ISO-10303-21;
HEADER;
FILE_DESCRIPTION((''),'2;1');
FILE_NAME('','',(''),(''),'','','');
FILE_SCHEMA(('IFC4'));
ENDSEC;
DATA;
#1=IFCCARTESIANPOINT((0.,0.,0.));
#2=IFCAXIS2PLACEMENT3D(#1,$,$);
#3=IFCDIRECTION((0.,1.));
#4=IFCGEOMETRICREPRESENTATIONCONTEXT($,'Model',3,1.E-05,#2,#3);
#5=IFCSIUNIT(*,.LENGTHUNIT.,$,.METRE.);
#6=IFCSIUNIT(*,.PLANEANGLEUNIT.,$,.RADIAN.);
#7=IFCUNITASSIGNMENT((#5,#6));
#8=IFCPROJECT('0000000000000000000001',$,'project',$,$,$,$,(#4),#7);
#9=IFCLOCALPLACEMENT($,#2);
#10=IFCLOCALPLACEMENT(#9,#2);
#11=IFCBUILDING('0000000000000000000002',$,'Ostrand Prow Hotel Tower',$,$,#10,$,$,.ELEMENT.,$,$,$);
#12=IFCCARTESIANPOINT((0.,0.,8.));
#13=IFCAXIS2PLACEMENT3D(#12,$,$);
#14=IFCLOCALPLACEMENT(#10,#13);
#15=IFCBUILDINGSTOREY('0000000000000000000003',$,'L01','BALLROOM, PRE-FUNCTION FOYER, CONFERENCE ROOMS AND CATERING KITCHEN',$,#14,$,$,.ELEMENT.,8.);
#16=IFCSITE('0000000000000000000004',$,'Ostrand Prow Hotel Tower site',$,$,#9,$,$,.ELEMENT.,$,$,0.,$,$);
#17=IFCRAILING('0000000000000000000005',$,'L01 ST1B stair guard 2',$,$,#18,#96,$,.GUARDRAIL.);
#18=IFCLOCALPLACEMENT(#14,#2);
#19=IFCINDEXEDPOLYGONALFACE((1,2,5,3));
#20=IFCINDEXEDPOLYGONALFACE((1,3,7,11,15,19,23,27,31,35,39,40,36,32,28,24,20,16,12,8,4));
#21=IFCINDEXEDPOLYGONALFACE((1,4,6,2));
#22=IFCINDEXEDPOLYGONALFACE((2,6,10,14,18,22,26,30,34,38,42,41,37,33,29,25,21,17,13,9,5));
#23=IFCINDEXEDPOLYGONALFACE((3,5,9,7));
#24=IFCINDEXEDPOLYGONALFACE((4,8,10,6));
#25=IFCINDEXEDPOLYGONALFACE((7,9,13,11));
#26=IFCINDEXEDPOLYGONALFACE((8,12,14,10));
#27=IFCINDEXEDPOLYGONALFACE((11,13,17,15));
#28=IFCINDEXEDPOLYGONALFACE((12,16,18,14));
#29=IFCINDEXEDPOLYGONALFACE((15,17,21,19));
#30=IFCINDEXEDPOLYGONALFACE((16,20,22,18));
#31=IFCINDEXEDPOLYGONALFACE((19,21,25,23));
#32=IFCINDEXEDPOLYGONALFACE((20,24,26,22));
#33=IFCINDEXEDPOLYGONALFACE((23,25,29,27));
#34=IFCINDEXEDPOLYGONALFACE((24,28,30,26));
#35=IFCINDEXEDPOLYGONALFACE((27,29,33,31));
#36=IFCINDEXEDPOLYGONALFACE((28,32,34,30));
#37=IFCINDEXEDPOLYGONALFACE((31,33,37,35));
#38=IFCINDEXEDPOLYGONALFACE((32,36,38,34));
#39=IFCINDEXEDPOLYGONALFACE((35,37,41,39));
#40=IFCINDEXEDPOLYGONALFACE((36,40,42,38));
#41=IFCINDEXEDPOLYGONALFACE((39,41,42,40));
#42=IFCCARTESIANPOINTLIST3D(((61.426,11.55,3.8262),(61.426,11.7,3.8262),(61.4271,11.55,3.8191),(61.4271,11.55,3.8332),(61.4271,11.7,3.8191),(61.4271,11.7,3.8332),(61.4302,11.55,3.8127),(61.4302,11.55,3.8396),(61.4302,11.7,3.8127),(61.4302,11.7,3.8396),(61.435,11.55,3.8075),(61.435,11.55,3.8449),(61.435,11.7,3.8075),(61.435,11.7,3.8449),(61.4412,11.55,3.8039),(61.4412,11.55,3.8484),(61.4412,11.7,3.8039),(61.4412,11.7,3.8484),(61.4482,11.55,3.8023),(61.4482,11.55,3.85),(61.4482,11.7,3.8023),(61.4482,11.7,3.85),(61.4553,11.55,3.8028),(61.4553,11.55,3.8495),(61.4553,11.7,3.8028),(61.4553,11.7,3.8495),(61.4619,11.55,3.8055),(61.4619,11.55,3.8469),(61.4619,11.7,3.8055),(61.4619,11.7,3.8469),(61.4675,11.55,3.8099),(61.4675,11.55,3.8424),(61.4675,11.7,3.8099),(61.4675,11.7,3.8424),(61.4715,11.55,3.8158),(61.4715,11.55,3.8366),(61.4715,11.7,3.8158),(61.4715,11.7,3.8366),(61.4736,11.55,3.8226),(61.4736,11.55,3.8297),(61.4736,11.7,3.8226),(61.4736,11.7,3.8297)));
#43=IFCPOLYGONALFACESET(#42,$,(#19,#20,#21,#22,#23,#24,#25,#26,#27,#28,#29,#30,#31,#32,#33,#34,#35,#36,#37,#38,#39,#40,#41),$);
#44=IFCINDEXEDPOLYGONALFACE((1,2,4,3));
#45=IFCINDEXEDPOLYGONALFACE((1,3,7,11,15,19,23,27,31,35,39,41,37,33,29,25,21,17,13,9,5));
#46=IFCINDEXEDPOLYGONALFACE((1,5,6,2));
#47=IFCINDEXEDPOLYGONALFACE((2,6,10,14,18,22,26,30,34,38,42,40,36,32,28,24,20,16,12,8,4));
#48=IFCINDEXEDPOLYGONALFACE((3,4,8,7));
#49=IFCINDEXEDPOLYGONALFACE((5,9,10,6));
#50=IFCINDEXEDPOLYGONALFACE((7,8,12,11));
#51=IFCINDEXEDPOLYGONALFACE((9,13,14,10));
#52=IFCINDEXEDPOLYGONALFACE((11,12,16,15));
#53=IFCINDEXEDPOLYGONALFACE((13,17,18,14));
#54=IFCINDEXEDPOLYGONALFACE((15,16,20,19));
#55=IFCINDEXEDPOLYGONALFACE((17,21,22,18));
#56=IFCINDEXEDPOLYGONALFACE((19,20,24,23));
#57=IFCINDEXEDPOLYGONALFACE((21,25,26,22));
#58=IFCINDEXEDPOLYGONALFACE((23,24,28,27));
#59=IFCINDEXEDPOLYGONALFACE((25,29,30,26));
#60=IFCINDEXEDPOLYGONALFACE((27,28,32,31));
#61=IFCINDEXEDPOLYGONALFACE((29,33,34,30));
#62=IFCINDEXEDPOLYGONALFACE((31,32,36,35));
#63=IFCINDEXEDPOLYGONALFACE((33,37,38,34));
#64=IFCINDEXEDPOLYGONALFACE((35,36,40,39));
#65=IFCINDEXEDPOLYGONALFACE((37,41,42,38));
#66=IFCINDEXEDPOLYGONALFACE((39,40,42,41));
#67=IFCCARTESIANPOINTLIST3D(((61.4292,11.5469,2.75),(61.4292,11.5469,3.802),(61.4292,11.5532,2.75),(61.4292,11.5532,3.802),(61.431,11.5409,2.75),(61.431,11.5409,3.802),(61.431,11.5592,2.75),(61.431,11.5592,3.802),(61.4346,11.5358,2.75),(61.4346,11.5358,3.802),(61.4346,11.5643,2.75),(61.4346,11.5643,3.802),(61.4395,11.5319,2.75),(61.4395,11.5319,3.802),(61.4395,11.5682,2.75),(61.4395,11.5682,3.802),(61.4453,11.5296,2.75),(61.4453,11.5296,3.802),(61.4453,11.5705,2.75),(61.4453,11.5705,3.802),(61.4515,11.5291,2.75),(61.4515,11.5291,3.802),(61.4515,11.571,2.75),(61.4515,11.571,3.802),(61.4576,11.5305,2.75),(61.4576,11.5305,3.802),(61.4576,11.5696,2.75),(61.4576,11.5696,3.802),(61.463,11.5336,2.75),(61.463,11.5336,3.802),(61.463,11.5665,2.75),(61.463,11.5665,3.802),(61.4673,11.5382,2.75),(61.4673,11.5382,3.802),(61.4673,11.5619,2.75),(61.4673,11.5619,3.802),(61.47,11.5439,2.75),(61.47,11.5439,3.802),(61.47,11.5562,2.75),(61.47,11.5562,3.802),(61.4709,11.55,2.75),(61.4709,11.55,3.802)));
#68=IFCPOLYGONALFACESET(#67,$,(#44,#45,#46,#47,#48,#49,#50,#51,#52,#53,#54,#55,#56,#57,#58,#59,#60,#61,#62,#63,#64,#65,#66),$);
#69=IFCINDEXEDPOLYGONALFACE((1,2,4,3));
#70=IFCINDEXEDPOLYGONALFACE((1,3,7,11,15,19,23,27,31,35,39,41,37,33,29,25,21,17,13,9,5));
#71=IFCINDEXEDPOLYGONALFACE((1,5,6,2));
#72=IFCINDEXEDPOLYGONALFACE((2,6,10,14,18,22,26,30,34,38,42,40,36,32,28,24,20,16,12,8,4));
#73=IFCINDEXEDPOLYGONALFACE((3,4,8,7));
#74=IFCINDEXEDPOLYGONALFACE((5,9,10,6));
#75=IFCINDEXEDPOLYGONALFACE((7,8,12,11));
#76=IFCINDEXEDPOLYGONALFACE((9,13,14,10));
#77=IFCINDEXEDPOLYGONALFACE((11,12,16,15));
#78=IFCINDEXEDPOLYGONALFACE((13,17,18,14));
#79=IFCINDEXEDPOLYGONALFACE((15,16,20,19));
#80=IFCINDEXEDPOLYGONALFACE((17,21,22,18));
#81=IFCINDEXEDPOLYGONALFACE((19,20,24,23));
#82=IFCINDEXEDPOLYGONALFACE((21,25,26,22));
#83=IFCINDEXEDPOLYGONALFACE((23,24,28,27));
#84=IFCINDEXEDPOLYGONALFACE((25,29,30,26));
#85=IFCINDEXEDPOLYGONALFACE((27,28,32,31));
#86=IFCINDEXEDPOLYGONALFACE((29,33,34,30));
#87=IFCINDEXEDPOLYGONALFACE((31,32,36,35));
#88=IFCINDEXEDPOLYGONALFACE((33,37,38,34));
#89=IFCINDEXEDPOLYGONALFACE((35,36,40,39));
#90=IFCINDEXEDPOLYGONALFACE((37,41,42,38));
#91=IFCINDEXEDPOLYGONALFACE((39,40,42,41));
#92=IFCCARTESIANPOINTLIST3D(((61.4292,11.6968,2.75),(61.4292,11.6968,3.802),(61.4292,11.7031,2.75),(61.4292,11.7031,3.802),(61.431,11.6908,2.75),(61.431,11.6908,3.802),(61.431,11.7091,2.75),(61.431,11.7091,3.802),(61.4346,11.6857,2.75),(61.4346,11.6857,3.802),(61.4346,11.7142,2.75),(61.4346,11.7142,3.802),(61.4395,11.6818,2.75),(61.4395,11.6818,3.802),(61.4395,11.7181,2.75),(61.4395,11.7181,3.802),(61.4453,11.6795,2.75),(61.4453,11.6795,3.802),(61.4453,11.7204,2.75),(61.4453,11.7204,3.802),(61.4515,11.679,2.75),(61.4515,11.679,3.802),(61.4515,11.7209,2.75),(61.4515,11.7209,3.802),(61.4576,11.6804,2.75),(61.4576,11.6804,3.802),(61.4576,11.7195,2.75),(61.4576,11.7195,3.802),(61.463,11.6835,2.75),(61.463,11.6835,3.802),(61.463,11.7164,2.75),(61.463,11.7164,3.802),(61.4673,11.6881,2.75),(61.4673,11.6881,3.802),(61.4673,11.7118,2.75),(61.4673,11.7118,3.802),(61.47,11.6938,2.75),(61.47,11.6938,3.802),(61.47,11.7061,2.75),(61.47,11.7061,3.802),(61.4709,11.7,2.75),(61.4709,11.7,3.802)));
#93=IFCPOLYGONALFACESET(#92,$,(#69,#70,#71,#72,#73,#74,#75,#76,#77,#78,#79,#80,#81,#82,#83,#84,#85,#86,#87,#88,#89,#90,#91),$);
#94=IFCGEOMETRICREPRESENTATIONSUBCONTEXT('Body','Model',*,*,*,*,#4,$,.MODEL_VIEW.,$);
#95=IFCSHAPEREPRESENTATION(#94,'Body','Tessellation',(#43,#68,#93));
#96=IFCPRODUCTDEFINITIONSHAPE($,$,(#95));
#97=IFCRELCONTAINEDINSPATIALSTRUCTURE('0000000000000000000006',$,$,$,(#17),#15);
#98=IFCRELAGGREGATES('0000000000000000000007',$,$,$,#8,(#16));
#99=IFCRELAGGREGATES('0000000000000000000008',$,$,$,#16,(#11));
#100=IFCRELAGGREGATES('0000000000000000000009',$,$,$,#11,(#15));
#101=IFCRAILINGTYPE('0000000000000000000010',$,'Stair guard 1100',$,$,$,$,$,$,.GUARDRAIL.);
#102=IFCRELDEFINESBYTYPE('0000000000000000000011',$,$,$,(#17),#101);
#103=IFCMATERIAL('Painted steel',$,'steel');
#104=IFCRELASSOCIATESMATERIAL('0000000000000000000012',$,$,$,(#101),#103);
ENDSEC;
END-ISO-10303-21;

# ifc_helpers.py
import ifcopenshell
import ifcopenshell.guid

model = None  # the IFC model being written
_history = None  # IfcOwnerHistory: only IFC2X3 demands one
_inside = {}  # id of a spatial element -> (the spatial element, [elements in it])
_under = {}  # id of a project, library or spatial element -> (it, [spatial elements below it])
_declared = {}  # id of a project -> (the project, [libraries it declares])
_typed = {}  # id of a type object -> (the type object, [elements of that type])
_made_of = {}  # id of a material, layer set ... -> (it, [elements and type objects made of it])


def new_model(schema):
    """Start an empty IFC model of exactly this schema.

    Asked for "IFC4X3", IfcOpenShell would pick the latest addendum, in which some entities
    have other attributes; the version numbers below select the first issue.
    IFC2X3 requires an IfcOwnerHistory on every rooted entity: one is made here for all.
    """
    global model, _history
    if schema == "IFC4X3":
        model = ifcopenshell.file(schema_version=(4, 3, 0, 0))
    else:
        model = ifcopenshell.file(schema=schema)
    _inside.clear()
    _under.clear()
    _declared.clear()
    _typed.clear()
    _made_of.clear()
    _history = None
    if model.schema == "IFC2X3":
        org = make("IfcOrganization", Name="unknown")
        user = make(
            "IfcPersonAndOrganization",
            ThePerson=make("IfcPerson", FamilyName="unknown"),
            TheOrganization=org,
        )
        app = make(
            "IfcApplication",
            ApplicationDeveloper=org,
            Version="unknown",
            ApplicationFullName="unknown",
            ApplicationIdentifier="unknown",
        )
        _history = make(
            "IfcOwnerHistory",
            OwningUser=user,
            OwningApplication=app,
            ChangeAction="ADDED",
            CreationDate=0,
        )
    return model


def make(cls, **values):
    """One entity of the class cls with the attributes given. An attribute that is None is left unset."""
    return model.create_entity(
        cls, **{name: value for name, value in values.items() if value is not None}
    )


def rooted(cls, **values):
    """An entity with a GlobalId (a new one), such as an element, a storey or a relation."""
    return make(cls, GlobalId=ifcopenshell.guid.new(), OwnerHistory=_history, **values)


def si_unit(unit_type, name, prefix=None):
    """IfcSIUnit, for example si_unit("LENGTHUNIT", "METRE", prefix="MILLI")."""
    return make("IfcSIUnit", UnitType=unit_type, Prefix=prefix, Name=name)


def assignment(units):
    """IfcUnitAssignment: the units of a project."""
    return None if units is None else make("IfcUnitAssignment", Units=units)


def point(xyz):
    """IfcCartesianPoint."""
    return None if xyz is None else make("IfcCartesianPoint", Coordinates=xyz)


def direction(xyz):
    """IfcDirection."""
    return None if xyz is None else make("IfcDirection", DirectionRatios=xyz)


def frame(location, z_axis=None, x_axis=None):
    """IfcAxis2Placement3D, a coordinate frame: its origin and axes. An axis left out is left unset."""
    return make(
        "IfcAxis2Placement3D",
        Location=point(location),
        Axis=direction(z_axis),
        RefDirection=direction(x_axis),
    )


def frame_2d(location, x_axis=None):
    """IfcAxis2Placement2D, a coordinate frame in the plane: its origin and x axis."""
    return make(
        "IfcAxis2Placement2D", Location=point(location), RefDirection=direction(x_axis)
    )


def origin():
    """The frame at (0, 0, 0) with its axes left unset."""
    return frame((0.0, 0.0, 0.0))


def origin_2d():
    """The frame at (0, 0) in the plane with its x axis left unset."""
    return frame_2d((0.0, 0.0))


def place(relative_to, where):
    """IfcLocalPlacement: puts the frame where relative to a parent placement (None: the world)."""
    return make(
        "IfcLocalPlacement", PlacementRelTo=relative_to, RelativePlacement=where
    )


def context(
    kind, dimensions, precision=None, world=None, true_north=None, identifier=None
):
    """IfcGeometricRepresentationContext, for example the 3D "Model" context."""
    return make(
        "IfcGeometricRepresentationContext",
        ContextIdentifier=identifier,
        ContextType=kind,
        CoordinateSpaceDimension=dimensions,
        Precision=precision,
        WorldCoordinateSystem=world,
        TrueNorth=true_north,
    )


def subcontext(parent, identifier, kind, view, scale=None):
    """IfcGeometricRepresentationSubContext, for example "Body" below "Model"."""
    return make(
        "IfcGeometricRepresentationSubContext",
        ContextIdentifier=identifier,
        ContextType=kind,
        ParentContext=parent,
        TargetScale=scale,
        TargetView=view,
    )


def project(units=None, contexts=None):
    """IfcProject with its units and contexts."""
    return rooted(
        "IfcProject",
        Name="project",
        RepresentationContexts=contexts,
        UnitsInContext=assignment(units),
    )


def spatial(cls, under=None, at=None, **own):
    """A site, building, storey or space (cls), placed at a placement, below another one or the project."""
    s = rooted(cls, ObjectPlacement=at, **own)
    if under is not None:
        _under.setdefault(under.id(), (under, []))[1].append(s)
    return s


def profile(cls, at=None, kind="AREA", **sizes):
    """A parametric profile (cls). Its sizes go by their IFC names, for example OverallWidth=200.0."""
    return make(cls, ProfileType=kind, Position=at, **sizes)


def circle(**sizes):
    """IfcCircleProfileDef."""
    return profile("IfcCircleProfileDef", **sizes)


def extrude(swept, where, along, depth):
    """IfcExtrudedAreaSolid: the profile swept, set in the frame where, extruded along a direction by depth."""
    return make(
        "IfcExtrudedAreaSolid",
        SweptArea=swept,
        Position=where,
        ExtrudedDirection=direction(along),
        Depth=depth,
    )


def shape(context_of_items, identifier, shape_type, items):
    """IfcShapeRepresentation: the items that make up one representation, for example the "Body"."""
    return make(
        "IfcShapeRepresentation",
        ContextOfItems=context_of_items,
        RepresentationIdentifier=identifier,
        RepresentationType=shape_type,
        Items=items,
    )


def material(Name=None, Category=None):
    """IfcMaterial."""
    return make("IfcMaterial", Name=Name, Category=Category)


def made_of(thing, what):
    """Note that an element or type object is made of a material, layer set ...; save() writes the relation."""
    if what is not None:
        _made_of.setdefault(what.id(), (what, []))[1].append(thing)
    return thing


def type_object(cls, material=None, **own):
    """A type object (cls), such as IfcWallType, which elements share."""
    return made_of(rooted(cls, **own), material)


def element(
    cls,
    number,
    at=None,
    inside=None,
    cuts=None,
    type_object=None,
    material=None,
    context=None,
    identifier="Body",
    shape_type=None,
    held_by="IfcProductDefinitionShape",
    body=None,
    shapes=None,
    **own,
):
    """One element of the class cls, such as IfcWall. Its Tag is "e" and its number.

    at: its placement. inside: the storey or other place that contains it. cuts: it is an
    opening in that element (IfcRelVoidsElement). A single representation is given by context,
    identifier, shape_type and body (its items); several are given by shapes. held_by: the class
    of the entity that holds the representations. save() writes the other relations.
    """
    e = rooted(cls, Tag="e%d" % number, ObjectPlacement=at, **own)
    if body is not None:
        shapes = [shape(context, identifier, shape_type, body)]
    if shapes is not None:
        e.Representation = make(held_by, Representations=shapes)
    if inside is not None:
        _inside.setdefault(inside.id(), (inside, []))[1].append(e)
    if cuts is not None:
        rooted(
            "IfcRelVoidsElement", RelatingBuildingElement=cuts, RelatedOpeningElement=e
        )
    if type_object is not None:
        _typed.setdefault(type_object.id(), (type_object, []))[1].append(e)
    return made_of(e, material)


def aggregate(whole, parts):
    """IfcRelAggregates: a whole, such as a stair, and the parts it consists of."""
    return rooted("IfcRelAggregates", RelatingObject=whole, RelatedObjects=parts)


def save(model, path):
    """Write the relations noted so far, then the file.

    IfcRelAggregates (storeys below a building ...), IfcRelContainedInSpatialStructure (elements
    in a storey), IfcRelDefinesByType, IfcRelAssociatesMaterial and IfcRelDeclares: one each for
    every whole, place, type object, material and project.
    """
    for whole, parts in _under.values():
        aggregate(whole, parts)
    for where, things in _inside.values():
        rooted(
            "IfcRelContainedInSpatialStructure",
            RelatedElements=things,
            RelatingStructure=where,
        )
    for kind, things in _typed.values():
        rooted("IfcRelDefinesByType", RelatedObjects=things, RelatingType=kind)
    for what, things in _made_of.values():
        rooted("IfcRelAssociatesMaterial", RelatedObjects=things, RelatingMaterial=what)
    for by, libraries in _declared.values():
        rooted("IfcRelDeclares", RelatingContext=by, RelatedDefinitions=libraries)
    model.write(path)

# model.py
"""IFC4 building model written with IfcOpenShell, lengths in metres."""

from ifc_helpers import new_model, si_unit, direction, frame, origin, origin_2d, place, context, subcontext, project, spatial, circle, extrude, material, type_object, element, save


model = new_model("IFC4")

# Units and contexts
model_context = context("Model", 3, precision=1e-05, world=origin(), true_north=direction((0.0, 1.0)))
body_context = subcontext(model_context, "Body", "Model", "MODEL_VIEW")
ifc_project = project(units=[si_unit("LENGTHUNIT", "METRE"), si_unit("PLANEANGLEUNIT", "RADIAN")], contexts=[model_context])

# Site, building, storey
site_placement = place(None, origin())
site = spatial("IfcSite", under=ifc_project, at=site_placement, Name="Ostrand Prow Hotel Tower site", CompositionType="ELEMENT", RefElevation=0.0)
building_placement = place(site_placement, origin())
building = spatial("IfcBuilding", under=site, at=building_placement, Name="Ostrand Prow Hotel Tower", CompositionType="ELEMENT")
storey_placement = place(building_placement, frame((0.0, 0.0, 8.0)))
storey = spatial("IfcBuildingStorey", under=building, at=storey_placement, Name="L01", Description="BALLROOM, PRE-FUNCTION FOYER, CONFERENCE ROOMS AND CATERING KITCHEN", CompositionType="ELEMENT", Elevation=8.0)

# Railing
ifc_material_1 = material(Name="Painted steel", Category="steel")
railing_type_1 = type_object("IfcRailingType", Name="Stair guard 1100", PredefinedType="GUARDRAIL", material=ifc_material_1)
railing_1_placement = place(storey_placement, frame((61.45, 11.55, 2.75)))
element("IfcRailing", 1, at=railing_1_placement, inside=storey, type_object=railing_type_1, Name="L01 ST1B stair guard 2", PredefinedType="GUARDRAIL", context=body_context, shape_type="SweptSolid", body=[
    extrude(circle(Radius=0.0239, at=origin_2d()), frame((0.0, 0.0, 1.0762), z_axis=(0.0, 1.0, 0.0), x_axis=(-1.0, 0.0, 0.0)), (0.0, 0.0, 1.0), 0.1499),
    extrude(circle(Radius=0.021, at=origin_2d()), origin(), (0.0, 0.0, 1.0), 1.052),
    extrude(circle(Radius=0.021, at=origin_2d()), frame((0.0, 0.1499, 0.0)), (0.0, 0.0, 1.0), 1.052),
])

save(model, "model.ifc")
